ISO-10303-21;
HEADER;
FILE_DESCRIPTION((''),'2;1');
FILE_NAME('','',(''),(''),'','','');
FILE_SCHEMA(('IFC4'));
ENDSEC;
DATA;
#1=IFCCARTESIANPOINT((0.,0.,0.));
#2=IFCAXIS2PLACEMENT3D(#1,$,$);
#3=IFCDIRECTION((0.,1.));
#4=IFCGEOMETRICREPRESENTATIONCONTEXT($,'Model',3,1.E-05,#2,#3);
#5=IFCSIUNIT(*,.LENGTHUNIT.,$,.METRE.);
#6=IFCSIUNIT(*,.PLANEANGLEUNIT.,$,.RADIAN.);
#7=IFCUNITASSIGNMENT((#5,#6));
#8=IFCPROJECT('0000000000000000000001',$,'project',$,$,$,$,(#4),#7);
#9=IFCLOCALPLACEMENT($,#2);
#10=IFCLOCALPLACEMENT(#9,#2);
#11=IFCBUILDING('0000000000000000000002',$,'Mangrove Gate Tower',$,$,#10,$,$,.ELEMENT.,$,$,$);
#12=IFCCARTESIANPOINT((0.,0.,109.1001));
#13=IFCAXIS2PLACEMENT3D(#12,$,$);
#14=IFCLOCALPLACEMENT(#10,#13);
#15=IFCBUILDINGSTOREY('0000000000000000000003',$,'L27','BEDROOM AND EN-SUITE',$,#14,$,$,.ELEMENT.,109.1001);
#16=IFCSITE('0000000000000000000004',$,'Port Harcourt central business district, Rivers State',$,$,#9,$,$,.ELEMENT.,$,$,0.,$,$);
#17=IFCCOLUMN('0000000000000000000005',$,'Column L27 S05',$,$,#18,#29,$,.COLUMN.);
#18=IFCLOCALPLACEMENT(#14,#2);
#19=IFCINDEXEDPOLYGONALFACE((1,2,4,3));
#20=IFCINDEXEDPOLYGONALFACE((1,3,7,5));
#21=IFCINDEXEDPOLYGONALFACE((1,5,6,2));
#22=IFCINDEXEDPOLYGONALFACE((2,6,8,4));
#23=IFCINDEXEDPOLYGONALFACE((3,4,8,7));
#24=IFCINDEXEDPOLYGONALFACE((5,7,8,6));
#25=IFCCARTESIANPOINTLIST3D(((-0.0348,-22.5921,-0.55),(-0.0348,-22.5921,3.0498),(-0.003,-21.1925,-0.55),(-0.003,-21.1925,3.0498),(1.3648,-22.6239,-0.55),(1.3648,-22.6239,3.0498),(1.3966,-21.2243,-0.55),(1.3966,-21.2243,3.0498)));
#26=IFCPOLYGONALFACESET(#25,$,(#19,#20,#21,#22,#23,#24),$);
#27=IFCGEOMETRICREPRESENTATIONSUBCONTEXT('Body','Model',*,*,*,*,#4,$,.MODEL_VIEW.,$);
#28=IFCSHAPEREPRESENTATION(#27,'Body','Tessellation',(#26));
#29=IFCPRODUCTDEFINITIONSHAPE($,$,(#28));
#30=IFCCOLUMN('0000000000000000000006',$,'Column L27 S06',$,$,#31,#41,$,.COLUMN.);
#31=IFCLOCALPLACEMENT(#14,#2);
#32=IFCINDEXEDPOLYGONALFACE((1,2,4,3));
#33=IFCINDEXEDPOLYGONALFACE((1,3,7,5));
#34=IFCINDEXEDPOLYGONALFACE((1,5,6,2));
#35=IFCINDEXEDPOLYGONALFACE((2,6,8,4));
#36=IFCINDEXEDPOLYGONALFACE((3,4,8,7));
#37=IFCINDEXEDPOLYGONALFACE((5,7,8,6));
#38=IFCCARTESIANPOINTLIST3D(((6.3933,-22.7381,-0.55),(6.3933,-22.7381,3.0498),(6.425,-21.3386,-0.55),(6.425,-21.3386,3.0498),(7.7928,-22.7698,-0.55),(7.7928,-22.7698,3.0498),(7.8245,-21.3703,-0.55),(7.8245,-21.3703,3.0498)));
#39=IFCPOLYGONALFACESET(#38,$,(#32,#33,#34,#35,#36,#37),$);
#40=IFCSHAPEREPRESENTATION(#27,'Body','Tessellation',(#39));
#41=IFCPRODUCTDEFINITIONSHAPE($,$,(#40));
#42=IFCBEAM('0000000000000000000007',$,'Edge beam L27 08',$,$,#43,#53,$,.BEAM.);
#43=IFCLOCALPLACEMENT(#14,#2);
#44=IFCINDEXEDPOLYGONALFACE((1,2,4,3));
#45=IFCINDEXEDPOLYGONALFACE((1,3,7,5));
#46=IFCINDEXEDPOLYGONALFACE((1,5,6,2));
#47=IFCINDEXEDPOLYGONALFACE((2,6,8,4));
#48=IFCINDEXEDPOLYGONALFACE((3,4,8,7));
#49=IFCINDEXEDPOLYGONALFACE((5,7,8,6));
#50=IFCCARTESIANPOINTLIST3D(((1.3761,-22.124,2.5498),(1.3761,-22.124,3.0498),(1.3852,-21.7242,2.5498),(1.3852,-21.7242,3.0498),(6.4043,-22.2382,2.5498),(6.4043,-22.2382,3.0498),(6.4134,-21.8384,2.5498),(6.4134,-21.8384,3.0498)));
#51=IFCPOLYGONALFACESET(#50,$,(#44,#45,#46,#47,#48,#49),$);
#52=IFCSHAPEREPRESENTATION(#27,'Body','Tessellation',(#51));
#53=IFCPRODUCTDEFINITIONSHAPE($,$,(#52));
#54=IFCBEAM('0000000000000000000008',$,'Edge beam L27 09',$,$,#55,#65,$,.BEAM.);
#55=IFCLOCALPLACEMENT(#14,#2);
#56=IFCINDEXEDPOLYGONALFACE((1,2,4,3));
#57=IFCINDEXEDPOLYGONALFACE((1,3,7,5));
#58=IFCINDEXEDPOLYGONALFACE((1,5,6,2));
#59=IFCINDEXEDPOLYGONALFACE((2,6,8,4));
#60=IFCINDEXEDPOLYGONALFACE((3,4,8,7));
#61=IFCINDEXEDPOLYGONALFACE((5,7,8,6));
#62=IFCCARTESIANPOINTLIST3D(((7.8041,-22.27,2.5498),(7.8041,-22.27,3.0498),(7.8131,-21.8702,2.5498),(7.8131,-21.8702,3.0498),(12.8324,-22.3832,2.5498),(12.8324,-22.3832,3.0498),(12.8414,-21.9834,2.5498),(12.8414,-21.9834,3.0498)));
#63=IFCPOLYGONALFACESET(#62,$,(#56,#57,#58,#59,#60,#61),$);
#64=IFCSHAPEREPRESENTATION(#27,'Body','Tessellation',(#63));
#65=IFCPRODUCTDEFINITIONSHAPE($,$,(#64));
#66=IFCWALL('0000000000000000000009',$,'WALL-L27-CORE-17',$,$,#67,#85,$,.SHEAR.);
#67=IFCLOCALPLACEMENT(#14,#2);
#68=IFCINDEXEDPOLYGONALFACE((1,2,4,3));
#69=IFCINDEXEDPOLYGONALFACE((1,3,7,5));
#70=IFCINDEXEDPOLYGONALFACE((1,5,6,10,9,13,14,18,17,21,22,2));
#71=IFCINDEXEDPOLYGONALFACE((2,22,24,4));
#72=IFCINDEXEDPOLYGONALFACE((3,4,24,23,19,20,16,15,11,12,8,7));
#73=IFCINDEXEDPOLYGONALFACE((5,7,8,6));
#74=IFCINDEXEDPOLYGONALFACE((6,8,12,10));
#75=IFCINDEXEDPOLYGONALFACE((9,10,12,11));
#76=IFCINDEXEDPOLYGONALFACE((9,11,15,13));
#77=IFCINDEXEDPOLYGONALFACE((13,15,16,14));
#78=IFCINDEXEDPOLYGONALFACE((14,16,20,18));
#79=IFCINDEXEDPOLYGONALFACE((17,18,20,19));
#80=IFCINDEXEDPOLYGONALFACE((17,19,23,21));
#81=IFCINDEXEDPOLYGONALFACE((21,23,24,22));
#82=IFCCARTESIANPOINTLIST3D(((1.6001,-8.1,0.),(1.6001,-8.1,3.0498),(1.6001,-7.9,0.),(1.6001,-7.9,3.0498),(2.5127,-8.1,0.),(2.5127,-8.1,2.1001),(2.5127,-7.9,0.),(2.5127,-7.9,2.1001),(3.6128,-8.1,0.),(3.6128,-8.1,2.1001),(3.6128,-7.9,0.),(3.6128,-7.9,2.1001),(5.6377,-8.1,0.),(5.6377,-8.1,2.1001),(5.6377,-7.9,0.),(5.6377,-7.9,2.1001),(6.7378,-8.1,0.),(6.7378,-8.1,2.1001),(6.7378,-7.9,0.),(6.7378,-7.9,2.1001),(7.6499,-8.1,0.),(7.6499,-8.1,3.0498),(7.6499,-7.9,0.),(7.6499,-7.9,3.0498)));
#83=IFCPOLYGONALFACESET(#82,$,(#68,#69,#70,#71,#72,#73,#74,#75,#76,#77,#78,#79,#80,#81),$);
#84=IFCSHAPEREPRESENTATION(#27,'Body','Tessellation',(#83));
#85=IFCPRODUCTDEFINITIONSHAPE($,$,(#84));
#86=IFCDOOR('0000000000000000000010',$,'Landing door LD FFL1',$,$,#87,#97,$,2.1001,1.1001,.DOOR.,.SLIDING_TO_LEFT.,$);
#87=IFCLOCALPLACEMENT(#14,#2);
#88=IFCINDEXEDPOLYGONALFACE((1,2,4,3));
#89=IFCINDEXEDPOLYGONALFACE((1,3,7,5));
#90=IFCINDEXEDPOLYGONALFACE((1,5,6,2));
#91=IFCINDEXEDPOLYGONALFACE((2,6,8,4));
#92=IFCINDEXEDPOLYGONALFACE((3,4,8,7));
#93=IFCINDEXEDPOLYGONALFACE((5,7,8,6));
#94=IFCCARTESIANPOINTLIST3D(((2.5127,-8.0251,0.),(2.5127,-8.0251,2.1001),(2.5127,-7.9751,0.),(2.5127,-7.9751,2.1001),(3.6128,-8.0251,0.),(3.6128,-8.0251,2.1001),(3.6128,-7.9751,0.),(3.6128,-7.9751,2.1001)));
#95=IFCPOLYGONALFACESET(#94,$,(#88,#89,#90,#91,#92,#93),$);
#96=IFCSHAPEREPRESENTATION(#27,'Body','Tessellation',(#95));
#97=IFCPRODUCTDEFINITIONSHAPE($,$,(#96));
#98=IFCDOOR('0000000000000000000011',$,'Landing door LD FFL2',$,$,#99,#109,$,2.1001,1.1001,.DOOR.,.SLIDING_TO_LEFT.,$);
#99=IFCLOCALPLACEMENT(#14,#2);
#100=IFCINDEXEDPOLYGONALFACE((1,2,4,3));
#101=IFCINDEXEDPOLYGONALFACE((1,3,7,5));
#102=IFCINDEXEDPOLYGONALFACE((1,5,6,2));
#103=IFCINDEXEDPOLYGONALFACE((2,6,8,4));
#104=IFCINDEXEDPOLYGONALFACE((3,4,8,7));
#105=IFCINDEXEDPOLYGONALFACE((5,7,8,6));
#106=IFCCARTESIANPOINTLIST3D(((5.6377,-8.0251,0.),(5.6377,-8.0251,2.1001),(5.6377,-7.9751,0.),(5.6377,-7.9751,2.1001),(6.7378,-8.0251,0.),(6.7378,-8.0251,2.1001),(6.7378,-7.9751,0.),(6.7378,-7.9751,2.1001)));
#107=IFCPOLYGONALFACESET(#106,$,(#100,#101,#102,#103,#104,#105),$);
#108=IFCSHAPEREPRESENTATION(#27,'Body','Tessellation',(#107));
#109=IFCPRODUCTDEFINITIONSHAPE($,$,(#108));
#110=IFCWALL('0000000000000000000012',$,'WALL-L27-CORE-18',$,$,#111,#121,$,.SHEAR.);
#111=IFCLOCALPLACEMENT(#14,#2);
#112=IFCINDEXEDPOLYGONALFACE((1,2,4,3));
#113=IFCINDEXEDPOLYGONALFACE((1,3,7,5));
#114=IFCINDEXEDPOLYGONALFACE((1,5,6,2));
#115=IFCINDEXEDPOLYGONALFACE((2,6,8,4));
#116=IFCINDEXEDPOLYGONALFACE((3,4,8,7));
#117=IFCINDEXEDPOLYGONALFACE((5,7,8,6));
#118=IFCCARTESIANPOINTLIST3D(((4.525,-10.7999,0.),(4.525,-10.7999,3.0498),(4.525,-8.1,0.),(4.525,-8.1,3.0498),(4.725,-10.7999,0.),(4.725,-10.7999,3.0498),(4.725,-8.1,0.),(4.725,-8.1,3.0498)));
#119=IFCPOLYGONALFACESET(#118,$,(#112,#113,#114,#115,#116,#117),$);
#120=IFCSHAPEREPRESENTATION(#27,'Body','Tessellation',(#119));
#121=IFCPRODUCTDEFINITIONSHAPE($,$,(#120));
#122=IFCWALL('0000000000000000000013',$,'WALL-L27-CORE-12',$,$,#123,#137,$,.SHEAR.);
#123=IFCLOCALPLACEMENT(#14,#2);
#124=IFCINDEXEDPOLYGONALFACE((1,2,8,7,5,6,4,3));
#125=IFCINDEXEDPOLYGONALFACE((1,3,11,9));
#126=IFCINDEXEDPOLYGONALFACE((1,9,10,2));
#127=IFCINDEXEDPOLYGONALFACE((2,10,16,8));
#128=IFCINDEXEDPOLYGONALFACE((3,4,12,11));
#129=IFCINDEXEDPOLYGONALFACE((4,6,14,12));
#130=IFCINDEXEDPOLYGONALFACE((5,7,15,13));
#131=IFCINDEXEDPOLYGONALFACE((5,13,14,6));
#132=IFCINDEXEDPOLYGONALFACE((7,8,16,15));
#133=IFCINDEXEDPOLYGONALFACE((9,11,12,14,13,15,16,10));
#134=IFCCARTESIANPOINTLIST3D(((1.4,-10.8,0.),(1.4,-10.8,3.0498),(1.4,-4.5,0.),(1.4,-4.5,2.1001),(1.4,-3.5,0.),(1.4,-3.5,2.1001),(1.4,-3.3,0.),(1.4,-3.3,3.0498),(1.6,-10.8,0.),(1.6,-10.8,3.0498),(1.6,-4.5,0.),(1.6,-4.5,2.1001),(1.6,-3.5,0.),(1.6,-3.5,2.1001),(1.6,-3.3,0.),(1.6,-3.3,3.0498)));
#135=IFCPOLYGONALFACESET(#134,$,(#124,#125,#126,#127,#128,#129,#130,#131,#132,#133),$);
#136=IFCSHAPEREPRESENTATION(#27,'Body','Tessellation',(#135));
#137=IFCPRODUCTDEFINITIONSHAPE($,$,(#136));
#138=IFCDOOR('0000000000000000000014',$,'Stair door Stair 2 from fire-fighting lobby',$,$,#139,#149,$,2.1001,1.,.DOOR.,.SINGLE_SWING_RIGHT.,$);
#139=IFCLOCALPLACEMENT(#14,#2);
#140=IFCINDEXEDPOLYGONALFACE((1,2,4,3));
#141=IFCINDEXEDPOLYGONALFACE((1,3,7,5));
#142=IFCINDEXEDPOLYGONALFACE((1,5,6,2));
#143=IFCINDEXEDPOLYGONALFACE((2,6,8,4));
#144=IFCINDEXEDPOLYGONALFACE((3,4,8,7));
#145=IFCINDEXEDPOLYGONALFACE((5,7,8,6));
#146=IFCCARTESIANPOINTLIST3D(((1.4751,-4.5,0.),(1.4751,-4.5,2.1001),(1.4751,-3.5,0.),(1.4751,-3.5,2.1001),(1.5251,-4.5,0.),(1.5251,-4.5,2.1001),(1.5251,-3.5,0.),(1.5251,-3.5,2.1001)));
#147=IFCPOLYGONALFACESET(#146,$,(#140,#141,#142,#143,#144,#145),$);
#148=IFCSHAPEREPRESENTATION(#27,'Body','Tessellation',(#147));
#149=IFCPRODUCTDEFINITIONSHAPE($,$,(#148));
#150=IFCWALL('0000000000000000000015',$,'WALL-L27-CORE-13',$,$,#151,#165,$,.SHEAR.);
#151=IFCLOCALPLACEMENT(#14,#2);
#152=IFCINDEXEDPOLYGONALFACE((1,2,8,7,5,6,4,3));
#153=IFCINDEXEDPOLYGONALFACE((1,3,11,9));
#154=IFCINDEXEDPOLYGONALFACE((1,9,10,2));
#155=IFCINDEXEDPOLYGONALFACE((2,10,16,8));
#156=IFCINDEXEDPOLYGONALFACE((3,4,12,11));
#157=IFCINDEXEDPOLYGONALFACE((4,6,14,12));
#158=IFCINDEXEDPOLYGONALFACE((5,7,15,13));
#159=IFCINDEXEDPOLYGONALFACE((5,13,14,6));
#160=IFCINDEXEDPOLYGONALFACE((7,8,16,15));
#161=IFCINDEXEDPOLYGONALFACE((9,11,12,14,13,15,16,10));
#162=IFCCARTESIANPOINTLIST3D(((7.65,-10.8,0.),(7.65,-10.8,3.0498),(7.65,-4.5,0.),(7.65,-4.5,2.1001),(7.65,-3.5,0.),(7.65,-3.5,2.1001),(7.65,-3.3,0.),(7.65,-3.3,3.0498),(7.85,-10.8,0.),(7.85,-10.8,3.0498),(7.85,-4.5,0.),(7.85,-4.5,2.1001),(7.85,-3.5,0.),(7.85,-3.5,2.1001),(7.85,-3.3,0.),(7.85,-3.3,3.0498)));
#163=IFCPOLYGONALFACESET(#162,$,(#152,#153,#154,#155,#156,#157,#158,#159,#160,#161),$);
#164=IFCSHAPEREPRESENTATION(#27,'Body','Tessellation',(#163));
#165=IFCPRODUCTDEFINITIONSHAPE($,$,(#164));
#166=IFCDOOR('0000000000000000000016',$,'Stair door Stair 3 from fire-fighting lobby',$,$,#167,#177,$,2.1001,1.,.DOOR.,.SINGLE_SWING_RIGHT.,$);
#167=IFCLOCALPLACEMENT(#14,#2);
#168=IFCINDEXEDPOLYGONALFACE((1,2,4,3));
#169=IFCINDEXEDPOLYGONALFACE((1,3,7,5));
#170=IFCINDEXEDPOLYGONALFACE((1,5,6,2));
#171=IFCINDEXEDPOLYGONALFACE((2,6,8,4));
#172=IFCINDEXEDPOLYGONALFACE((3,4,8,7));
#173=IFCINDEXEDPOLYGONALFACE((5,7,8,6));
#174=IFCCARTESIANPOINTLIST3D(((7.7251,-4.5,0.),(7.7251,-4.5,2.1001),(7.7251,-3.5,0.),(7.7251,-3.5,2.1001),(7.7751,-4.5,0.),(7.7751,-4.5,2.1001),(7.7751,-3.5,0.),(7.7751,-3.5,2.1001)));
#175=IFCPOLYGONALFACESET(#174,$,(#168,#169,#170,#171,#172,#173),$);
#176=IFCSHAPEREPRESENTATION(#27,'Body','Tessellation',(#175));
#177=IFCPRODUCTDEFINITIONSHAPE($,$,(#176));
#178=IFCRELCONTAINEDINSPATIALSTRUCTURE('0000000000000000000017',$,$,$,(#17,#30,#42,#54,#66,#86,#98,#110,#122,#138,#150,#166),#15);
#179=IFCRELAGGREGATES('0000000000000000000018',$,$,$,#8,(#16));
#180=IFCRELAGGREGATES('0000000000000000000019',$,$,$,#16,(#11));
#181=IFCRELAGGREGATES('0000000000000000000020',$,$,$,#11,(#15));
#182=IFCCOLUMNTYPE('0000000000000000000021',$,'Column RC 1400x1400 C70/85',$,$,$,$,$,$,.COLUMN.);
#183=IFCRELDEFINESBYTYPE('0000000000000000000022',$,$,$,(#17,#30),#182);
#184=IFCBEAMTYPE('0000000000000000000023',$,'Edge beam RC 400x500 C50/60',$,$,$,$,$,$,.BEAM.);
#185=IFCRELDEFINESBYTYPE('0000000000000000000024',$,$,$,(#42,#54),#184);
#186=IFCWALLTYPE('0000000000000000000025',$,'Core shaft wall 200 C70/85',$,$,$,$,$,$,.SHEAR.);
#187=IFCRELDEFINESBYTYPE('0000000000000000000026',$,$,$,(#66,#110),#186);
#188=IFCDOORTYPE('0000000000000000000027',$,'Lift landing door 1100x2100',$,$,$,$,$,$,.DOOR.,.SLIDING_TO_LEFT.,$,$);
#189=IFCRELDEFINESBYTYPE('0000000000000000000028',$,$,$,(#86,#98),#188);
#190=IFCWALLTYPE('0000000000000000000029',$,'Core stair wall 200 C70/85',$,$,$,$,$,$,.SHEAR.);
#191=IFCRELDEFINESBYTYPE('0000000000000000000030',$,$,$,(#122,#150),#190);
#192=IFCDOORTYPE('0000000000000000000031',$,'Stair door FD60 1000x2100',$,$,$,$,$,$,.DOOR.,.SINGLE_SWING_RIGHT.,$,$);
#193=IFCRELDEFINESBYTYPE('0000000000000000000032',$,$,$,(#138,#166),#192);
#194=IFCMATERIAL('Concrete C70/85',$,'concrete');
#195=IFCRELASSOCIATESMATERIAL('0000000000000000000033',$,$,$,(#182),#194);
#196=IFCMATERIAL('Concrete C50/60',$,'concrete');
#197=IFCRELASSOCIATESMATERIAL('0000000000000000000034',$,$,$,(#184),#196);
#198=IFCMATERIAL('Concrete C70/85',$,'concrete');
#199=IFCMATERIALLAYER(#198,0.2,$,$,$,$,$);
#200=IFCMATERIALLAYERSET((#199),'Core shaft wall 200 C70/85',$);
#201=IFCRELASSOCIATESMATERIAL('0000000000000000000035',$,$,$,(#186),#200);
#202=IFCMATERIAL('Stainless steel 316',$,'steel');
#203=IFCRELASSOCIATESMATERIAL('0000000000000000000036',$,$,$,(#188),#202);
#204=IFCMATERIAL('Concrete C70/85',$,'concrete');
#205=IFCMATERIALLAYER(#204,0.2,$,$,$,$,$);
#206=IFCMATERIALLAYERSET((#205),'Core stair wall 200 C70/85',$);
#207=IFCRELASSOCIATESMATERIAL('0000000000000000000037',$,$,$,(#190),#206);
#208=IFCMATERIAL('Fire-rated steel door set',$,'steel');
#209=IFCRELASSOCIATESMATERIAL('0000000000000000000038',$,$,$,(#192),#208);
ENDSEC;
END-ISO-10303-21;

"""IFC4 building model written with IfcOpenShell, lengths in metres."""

from ifc_helpers import new_model, si_unit, direction, frame, frame_2d, origin, origin_2d, place, context, subcontext, project, spatial, rectangle, extrude, material, layer, layer_set, material_profile, profile_set, type_object, element, fill, save


model = new_model("IFC4")

# Units and contexts
model_context = context("Model", 3, precision=1e-05, world=origin(), true_north=direction((0.0, 1.0)))
body_context = subcontext(model_context, "Body", "Model", "MODEL_VIEW")
ifc_project = project(units=[si_unit("LENGTHUNIT", "METRE"), si_unit("PLANEANGLEUNIT", "RADIAN")], contexts=[model_context])

# Site, building, storey
site_placement = place(None, origin())
site = spatial("IfcSite", under=ifc_project, at=site_placement, Name="Port Harcourt central business district, Rivers State", CompositionType="ELEMENT", RefElevation=0.0)
building_placement = place(site_placement, origin())
building = spatial("IfcBuilding", under=site, at=building_placement, Name="Mangrove Gate Tower", CompositionType="ELEMENT")
storey_placement = place(building_placement, frame((0.0, 0.0, 109.1001)))
storey = spatial("IfcBuildingStorey", under=building, at=storey_placement, Name="L27", Description="BEDROOM AND EN-SUITE", CompositionType="ELEMENT", Elevation=109.1001)

# Columns
ifc_material_1 = material(Name="Concrete C70/85", Category="concrete")
ifc_material_profile_1 = material_profile(ifc_material_1, rectangle(XDim=1.3999, YDim=1.3999, at=origin_2d()))
ifc_profile_set_1 = profile_set([ifc_material_profile_1], Name="Concrete C70/85")
column_type = type_object("IfcColumnType", Name="Column RC 1400x1400 C70/85", PredefinedType="COLUMN", material=ifc_profile_set_1)
for number, where, z_axis, x_axis, name in (
    (1, (0.6809, -21.9082, -0.55), (0.0, 0.0, 1.0), (0.999742, -0.022707, 0.0), "Column L27 S05"),
    (2, (7.1089, -22.0542, -0.55), (0.0, 0.0, 1.0), (0.999744, -0.02263, 0.0), "Column L27 S06"),
):
    element("IfcColumn", number, at=place(storey_placement, frame(where, z_axis=z_axis, x_axis=x_axis)), inside=storey, type_object=column_type, Name=name, PredefinedType="COLUMN", context=body_context, shape_type="SweptSolid", body=[
        extrude(rectangle(XDim=1.3999, YDim=1.3999, at=origin_2d()), origin(), (0.0, 0.0, 1.0), 3.5999),
    ])

# Beams
ifc_material_2 = material(Name="Concrete C50/60", Category="concrete")
ifc_material_profile_2 = material_profile(ifc_material_2, rectangle(XDim=0.3999, YDim=0.5, at=origin_2d()))
ifc_profile_set_2 = profile_set([ifc_material_profile_2], Name="Concrete C50/60")
beam_type = type_object("IfcBeamType", Name="Edge beam RC 400x500 C50/60", PredefinedType="BEAM", material=ifc_profile_set_2)
for number, where, z_axis, x_axis, name in (
    (3, (1.3806, -21.9241, 2.7998), (0.999742, -0.022717, 0.0), (0.022717, 0.999742, 0.0), "Edge beam L27 08"),
    (4, (7.8086, -22.0701, 2.7998), (0.999746, -0.022523, 0.0), (0.022523, 0.999746, 0.0), "Edge beam L27 09"),
):
    element("IfcBeam", number, at=place(storey_placement, frame(where, z_axis=z_axis, x_axis=x_axis)), inside=storey, type_object=beam_type, Name=name, PredefinedType="BEAM", context=body_context, shape_type="SweptSolid", body=[
        extrude(rectangle(XDim=0.3999, YDim=0.5, at=origin_2d()), origin(), (0.0, 0.0, 1.0), 5.0295),
    ])

# Wall, openings, doors
ifc_material_3 = material(Name="Concrete C70/85", Category="concrete")
ifc_layer_1 = layer(ifc_material_3, 0.2)
ifc_layer_set_1 = layer_set([ifc_layer_1], Name="Core shaft wall 200 C70/85")
wall_type_1 = type_object("IfcWallType", Name="Core shaft wall 200 C70/85", PredefinedType="SHEAR", material=ifc_layer_set_1)
wall_1_placement = place(storey_placement, frame((1.6001, -8.0, 0.0), z_axis=(0.0, 0.0, 1.0), x_axis=(1.0, 0.0, 0.0)))
wall_1 = element("IfcWall", 5, at=wall_1_placement, inside=storey, type_object=wall_type_1, Name="WALL-L27-CORE-17", PredefinedType="SHEAR", context=body_context, shape_type="SweptSolid", body=[
    extrude(rectangle(XDim=6.0498, YDim=0.2, at=frame_2d((3.0249, 0.0))), origin(), (0.0, 0.0, 1.0), 3.0498),
])
opening_1_placement = place(wall_1_placement, frame((0.9126, 0.0, 0.0)))
opening_1 = element("IfcOpeningElement", 6, at=opening_1_placement, cuts=wall_1, PredefinedType="OPENING", context=body_context, shape_type="SweptSolid", body=[
    extrude(rectangle(XDim=1.1001, YDim=2.1001, at=frame_2d((0.55, 1.05))), frame((0.0, 0.1099, 0.0), z_axis=(0.0, -1.0, 0.0), x_axis=(1.0, 0.0, 0.0)), (0.0, 0.0, 1.0), 0.22),
])
opening_2_placement = place(wall_1_placement, frame((4.0376, 0.0, 0.0)))
opening_2 = element("IfcOpeningElement", 7, at=opening_2_placement, cuts=wall_1, PredefinedType="OPENING", context=body_context, shape_type="SweptSolid", body=[
    extrude(rectangle(XDim=1.1001, YDim=2.1001, at=frame_2d((0.55, 1.05))), frame((0.0, 0.1099, 0.0), z_axis=(0.0, -1.0, 0.0), x_axis=(1.0, 0.0, 0.0)), (0.0, 0.0, 1.0), 0.22),
])
ifc_material_4 = material(Name="Stainless steel 316", Category="steel")
door_type_1 = type_object("IfcDoorType", Name="Lift landing door 1100x2100", OperationType="SLIDING_TO_LEFT", PredefinedType="DOOR", material=ifc_material_4)
door_1_placement = place(opening_1_placement, origin())
door_1 = element("IfcDoor", 8, at=door_1_placement, inside=storey, type_object=door_type_1, Name="Landing door LD FFL1", OperationType="SLIDING_TO_LEFT", OverallHeight=2.1001, OverallWidth=1.1001, PredefinedType="DOOR", context=body_context, shape_type="SweptSolid", body=[
    extrude(rectangle(XDim=1.1001, YDim=2.1001, at=frame_2d((0.55, 1.05))), frame((0.0, 0.0249, 0.0), z_axis=(0.0, -1.0, 0.0), x_axis=(1.0, 0.0, 0.0)), (0.0, 0.0, 1.0), 0.05),
])
fill(opening_1, door_1)
door_2_placement = place(opening_2_placement, origin())
door_2 = element("IfcDoor", 9, at=door_2_placement, inside=storey, type_object=door_type_1, Name="Landing door LD FFL2", OperationType="SLIDING_TO_LEFT", OverallHeight=2.1001, OverallWidth=1.1001, PredefinedType="DOOR", context=body_context, shape_type="SweptSolid", body=[
    extrude(rectangle(XDim=1.1001, YDim=2.1001, at=frame_2d((0.55, 1.05))), frame((0.0, 0.0249, 0.0), z_axis=(0.0, -1.0, 0.0), x_axis=(1.0, 0.0, 0.0)), (0.0, 0.0, 1.0), 0.05),
])
fill(opening_2, door_2)

# Wall
wall_2_placement = place(storey_placement, frame((4.625, -10.8, 0.0), z_axis=(0.0, 0.0, 1.0), x_axis=(0.0, 1.0, 0.0)))
element("IfcWall", 10, at=wall_2_placement, inside=storey, type_object=wall_type_1, Name="WALL-L27-CORE-18", PredefinedType="SHEAR", context=body_context, shape_type="SweptSolid", body=[
    extrude(rectangle(XDim=2.7, YDim=0.2, at=frame_2d((1.3501, 0.0))), origin(), (0.0, 0.0, 1.0), 3.0498),
])

# Walls, openings, doors
ifc_material_5 = material(Name="Concrete C70/85", Category="concrete")
ifc_layer_2 = layer(ifc_material_5, 0.2)
ifc_layer_set_2 = layer_set([ifc_layer_2], Name="Core stair wall 200 C70/85")
wall_type_2 = type_object("IfcWallType", Name="Core stair wall 200 C70/85", PredefinedType="SHEAR", material=ifc_layer_set_2)
wall_3_placement = place(storey_placement, frame((1.5, -10.8, 0.0), z_axis=(0.0, 0.0, 1.0), x_axis=(0.0, 1.0, 0.0)))
wall_3 = element("IfcWall", 11, at=wall_3_placement, inside=storey, type_object=wall_type_2, Name="WALL-L27-CORE-12", PredefinedType="SHEAR", context=body_context, shape_type="SweptSolid", body=[
    extrude(rectangle(XDim=7.5, YDim=0.2, at=frame_2d((3.75, 0.0))), origin(), (0.0, 0.0, 1.0), 3.0498),
])
opening_3_placement = place(wall_3_placement, frame((6.3, 0.0, 0.0)))
opening_3 = element("IfcOpeningElement", 12, at=opening_3_placement, cuts=wall_3, PredefinedType="OPENING", context=body_context, shape_type="SweptSolid", body=[
    extrude(rectangle(XDim=1.0, YDim=2.1001, at=frame_2d((0.5, 1.05))), frame((0.0, 0.1099, 0.0), z_axis=(0.0, -1.0, 0.0), x_axis=(1.0, 0.0, 0.0)), (0.0, 0.0, 1.0), 0.22),
])
ifc_material_6 = material(Name="Fire-rated steel door set", Category="steel")
door_type_2 = type_object("IfcDoorType", Name="Stair door FD60 1000x2100", OperationType="SINGLE_SWING_RIGHT", PredefinedType="DOOR", material=ifc_material_6)
door_3_placement = place(opening_3_placement, origin())
door_3 = element("IfcDoor", 13, at=door_3_placement, inside=storey, type_object=door_type_2, Name="Stair door Stair 2 from fire-fighting lobby", OperationType="SINGLE_SWING_RIGHT", OverallHeight=2.1001, OverallWidth=1.0, PredefinedType="DOOR", context=body_context, shape_type="SweptSolid", body=[
    extrude(rectangle(XDim=1.0, YDim=2.1001, at=frame_2d((0.5, 1.05))), frame((0.0, 0.0249, 0.0), z_axis=(0.0, -1.0, 0.0), x_axis=(1.0, 0.0, 0.0)), (0.0, 0.0, 1.0), 0.05),
])
fill(opening_3, door_3)
wall_4_placement = place(storey_placement, frame((7.75, -10.8, 0.0), z_axis=(0.0, 0.0, 1.0), x_axis=(0.0, 1.0, 0.0)))
wall_4 = element("IfcWall", 14, at=wall_4_placement, inside=storey, type_object=wall_type_2, Name="WALL-L27-CORE-13", PredefinedType="SHEAR", context=body_context, shape_type="SweptSolid", body=[
    extrude(rectangle(XDim=7.5, YDim=0.2, at=frame_2d((3.75, 0.0))), origin(), (0.0, 0.0, 1.0), 3.0498),
])
opening_4_placement = place(wall_4_placement, frame((6.3, 0.0, 0.0)))
opening_4 = element("IfcOpeningElement", 15, at=opening_4_placement, cuts=wall_4, PredefinedType="OPENING", context=body_context, shape_type="SweptSolid", body=[
    extrude(rectangle(XDim=1.0, YDim=2.1001, at=frame_2d((0.5, 1.05))), frame((0.0, 0.1099, 0.0), z_axis=(0.0, -1.0, 0.0), x_axis=(1.0, 0.0, 0.0)), (0.0, 0.0, 1.0), 0.22),
])
door_4_placement = place(opening_4_placement, origin())
door_4 = element("IfcDoor", 16, at=door_4_placement, inside=storey, type_object=door_type_2, Name="Stair door Stair 3 from fire-fighting lobby", OperationType="SINGLE_SWING_RIGHT", OverallHeight=2.1001, OverallWidth=1.0, PredefinedType="DOOR", context=body_context, shape_type="SweptSolid", body=[
    extrude(rectangle(XDim=1.0, YDim=2.1001, at=frame_2d((0.5, 1.05))), frame((0.0, 0.0249, 0.0), z_axis=(0.0, -1.0, 0.0), x_axis=(1.0, 0.0, 0.0)), (0.0, 0.0, 1.0), 0.05),
])
fill(opening_4, door_4)

save(model, "model.ifc")
